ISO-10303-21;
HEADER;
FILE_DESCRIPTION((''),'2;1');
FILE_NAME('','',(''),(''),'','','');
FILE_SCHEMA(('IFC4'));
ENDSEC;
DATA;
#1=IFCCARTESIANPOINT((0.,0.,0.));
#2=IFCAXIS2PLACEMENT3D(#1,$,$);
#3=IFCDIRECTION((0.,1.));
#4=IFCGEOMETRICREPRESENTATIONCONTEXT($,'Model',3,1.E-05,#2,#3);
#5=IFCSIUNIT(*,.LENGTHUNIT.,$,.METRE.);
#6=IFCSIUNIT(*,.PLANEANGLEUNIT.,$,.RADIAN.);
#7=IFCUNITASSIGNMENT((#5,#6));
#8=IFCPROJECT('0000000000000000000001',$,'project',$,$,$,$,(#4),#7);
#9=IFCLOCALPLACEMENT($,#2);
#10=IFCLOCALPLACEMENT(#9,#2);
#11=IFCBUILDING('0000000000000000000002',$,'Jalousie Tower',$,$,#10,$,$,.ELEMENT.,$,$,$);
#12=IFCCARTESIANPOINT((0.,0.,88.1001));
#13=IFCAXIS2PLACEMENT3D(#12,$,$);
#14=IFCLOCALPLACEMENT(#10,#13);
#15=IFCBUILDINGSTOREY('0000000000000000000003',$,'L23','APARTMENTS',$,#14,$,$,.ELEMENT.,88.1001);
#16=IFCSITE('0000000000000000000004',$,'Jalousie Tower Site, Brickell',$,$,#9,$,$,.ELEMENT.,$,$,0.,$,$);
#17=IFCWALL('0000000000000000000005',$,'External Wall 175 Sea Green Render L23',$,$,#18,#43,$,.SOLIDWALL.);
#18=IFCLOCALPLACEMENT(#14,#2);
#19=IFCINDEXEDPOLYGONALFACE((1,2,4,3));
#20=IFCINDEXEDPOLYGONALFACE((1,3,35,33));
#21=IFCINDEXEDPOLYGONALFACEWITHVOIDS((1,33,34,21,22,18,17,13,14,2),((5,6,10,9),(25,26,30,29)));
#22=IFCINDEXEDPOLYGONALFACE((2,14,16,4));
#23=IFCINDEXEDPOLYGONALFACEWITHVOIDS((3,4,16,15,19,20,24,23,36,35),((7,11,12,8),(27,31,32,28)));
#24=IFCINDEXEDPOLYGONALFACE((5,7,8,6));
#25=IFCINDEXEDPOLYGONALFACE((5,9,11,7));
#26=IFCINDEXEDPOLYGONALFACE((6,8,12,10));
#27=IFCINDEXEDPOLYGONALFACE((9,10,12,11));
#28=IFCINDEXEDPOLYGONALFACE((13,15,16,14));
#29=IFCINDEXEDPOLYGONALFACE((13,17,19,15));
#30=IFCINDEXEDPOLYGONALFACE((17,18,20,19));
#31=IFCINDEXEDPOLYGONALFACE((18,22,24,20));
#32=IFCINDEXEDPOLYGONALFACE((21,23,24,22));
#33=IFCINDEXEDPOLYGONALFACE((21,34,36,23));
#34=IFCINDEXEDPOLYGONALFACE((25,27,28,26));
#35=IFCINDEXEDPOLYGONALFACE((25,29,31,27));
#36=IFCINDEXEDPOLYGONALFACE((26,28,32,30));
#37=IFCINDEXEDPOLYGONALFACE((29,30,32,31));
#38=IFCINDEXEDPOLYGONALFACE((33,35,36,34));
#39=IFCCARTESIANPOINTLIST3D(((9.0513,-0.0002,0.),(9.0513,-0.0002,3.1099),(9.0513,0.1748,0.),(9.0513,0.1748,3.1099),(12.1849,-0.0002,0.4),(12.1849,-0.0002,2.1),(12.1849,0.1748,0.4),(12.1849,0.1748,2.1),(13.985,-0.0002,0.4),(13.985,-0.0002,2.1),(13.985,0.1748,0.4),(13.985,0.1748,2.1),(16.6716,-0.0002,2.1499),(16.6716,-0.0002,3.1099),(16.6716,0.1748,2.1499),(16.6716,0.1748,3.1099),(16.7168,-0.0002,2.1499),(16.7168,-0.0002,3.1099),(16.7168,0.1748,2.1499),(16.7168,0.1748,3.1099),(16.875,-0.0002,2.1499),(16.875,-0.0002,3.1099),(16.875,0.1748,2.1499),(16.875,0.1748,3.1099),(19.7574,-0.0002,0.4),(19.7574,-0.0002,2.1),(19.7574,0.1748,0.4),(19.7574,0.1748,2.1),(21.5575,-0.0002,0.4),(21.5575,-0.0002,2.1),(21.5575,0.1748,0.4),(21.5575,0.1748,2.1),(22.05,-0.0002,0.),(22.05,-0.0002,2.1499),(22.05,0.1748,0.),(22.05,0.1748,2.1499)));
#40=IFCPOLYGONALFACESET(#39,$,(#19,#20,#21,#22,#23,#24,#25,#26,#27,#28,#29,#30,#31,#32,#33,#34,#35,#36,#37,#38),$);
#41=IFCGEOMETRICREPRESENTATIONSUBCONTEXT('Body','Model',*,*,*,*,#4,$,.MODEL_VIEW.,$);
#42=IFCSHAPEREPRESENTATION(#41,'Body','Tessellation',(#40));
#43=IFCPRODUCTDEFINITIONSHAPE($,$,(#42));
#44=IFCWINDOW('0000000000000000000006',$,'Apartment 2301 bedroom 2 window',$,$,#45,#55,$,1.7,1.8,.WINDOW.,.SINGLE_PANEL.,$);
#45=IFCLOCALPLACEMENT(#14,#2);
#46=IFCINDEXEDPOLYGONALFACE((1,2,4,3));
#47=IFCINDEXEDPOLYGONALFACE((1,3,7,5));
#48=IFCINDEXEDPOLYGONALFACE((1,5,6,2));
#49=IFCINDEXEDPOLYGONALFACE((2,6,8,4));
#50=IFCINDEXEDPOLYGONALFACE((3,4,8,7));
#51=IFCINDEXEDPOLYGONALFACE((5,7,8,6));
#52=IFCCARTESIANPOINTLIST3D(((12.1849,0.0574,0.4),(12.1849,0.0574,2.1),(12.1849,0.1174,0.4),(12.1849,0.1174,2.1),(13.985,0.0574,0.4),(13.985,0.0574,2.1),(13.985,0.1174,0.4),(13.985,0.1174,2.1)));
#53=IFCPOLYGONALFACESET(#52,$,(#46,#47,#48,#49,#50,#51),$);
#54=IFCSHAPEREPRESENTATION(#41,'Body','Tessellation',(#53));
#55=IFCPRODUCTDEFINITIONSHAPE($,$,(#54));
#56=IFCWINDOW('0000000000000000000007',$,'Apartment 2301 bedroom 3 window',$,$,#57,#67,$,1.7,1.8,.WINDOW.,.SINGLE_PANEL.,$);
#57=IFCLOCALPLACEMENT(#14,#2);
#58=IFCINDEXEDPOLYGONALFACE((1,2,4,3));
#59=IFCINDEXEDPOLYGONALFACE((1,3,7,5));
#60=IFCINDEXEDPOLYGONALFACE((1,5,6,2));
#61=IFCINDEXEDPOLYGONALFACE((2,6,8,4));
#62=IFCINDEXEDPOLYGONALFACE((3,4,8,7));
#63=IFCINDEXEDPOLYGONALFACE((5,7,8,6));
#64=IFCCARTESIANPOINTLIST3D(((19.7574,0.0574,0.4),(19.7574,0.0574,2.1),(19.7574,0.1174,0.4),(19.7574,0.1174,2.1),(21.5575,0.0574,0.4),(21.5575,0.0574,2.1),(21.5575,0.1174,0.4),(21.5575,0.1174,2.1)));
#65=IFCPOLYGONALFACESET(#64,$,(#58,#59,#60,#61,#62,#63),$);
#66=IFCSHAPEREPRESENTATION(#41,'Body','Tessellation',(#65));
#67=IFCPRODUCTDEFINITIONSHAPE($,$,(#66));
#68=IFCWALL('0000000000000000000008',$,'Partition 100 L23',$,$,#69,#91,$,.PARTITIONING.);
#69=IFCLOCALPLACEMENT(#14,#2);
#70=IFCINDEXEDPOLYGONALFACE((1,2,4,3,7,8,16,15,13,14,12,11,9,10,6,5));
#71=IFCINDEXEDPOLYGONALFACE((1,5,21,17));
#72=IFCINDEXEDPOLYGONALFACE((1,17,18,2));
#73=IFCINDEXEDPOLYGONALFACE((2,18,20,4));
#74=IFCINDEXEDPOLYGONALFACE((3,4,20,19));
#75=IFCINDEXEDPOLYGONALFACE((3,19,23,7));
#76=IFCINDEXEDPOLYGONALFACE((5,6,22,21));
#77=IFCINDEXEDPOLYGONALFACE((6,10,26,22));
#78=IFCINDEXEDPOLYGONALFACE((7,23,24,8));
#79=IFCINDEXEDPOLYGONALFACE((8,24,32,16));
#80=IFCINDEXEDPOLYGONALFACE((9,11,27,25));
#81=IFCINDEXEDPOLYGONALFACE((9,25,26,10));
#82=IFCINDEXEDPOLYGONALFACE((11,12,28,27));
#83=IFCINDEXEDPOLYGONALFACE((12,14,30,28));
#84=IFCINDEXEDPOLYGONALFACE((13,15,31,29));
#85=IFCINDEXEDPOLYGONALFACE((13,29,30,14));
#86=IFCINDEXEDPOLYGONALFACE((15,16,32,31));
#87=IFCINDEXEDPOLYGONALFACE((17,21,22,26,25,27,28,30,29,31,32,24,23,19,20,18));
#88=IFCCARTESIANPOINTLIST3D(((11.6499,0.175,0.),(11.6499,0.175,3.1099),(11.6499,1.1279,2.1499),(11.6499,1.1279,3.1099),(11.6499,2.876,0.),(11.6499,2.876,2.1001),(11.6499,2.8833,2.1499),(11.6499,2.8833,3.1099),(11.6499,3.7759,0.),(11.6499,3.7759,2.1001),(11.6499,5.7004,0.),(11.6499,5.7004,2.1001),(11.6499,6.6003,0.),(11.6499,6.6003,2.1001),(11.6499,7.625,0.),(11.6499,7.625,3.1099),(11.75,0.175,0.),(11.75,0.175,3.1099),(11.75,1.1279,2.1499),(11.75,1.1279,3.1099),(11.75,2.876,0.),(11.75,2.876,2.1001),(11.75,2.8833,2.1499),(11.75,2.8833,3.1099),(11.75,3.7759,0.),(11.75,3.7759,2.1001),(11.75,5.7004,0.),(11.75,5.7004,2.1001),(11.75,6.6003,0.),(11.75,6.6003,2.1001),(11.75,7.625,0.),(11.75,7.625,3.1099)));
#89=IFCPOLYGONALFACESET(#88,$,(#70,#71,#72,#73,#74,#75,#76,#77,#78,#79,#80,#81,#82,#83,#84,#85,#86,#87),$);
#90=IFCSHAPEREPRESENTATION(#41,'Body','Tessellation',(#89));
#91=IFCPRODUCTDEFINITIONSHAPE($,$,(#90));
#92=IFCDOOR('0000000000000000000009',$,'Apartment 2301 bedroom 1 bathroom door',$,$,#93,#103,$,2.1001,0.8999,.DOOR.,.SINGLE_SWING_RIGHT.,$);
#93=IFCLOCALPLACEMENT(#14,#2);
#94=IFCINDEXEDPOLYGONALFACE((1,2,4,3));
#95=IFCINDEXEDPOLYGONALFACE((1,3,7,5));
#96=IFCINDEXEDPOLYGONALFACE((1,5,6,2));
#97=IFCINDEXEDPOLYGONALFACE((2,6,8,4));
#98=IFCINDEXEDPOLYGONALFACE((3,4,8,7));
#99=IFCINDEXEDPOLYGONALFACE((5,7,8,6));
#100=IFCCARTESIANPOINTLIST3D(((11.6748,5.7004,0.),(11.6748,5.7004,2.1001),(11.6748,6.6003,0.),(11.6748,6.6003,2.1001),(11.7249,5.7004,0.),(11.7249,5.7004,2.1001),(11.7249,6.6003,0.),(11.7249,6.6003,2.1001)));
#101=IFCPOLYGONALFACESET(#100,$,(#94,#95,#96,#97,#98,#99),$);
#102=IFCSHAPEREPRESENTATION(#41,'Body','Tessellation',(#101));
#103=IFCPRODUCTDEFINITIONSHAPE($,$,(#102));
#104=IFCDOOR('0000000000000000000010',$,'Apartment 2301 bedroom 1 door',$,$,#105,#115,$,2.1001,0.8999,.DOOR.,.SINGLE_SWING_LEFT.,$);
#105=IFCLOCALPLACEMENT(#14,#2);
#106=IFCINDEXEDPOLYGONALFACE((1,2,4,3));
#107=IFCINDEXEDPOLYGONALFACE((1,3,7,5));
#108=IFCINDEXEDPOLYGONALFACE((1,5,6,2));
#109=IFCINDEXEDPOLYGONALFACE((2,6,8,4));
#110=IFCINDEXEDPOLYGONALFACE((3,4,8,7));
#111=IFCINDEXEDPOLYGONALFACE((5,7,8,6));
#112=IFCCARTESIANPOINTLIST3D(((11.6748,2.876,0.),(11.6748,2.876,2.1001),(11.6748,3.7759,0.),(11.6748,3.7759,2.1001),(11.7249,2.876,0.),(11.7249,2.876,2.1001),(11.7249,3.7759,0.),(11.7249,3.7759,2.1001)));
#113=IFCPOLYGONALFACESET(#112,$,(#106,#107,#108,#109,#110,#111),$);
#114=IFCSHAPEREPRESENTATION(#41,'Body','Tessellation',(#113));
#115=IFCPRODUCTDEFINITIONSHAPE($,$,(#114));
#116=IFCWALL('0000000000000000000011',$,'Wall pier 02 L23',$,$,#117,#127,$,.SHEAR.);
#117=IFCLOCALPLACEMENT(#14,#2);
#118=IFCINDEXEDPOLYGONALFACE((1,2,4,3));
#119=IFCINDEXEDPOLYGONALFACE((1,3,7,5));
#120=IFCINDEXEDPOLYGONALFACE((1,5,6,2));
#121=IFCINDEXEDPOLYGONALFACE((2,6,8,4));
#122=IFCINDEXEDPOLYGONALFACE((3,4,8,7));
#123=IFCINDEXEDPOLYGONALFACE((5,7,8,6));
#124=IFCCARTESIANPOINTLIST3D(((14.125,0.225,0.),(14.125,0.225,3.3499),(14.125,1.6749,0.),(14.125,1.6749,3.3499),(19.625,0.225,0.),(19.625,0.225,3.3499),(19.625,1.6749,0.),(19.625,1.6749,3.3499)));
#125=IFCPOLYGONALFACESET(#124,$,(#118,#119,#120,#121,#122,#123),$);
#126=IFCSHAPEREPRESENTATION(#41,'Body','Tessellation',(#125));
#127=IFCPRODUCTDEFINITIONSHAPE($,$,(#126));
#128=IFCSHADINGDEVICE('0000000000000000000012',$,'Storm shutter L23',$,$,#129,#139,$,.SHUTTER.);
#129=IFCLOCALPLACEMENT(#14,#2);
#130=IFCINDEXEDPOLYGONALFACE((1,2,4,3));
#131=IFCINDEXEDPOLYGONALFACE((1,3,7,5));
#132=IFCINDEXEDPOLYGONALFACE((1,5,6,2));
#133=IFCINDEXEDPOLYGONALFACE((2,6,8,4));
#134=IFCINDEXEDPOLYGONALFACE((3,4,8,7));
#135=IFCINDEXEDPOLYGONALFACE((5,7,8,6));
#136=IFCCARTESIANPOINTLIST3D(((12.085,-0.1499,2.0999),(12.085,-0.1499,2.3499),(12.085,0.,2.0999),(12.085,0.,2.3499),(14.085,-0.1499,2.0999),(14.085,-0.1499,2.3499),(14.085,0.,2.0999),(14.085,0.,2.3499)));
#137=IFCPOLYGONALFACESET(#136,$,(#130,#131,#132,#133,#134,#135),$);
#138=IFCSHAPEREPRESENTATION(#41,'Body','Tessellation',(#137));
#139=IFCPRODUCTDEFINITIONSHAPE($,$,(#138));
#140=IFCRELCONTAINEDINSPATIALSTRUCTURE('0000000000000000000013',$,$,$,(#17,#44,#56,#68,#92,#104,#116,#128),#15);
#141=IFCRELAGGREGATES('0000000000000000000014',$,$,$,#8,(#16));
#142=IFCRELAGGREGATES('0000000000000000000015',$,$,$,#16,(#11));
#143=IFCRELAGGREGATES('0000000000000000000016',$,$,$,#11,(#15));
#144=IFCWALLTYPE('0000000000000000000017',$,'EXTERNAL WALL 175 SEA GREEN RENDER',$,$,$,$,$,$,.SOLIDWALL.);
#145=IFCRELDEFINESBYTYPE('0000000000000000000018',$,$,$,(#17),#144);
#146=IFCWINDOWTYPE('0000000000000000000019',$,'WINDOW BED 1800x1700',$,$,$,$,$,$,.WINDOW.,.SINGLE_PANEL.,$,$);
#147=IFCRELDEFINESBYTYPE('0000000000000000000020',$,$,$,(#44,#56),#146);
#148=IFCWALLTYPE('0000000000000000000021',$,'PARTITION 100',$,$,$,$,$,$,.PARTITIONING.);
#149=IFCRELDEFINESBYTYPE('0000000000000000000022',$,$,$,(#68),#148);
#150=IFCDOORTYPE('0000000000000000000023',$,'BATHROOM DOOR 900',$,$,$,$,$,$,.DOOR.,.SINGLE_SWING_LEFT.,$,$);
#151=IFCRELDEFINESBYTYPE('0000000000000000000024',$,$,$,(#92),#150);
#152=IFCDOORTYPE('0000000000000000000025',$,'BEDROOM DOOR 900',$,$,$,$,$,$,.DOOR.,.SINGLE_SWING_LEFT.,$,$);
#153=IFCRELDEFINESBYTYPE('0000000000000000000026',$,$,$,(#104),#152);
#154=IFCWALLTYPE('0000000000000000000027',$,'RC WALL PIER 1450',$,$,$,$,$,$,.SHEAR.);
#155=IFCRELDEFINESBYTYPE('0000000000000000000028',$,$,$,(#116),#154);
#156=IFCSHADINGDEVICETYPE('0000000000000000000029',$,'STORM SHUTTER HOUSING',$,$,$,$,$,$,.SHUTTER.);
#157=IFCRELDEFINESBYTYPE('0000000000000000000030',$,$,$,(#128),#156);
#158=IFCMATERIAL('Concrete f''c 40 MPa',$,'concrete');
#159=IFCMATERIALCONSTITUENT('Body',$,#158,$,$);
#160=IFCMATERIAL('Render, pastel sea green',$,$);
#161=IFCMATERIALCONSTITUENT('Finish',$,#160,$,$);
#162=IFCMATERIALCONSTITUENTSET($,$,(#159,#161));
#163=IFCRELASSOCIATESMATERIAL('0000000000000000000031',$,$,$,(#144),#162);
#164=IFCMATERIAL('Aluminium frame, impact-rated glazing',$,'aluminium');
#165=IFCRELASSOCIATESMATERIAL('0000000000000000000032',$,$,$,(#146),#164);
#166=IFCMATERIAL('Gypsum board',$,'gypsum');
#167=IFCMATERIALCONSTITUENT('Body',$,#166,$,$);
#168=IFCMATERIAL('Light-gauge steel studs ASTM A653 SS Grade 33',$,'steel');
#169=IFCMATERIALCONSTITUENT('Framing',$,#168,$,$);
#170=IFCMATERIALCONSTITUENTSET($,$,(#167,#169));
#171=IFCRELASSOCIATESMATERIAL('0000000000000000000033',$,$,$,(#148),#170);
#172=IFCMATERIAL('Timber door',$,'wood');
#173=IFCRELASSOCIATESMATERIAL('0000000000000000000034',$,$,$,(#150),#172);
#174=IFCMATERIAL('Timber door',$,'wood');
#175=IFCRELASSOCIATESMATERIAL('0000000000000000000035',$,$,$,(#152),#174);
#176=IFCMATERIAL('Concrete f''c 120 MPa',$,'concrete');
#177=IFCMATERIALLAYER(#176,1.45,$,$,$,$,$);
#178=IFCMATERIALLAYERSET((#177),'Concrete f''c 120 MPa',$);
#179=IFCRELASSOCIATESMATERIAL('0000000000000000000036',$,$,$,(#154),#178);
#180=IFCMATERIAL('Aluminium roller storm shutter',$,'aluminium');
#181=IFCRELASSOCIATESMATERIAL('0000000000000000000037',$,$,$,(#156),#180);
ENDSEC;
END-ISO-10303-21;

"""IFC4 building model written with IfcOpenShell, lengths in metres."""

from ifc_helpers import new_model, si_unit, direction, frame, frame_2d, origin, origin_2d, place, context, subcontext, project, spatial, polyline, rectangle, outline, extrude, material, layer, layer_set, constituent, constituent_set, type_object, element, fill, save


model = new_model("IFC4")

# Units and contexts
model_context = context("Model", 3, precision=1e-05, world=origin(), true_north=direction((0.0, 1.0)))
body_context = subcontext(model_context, "Body", "Model", "MODEL_VIEW")
ifc_project = project(units=[si_unit("LENGTHUNIT", "METRE"), si_unit("PLANEANGLEUNIT", "RADIAN")], contexts=[model_context])

# Site, building, storey
site_placement = place(None, origin())
site = spatial("IfcSite", under=ifc_project, at=site_placement, Name="Jalousie Tower Site, Brickell", CompositionType="ELEMENT", RefElevation=0.0)
building_placement = place(site_placement, origin())
building = spatial("IfcBuilding", under=site, at=building_placement, Name="Jalousie Tower", CompositionType="ELEMENT")
storey_placement = place(building_placement, frame((0.0, 0.0, 88.1001)))
storey = spatial("IfcBuildingStorey", under=building, at=storey_placement, Name="L23", Description="APARTMENTS", CompositionType="ELEMENT", Elevation=88.1001)

# Wall, openings, windows
ifc_material_1 = material(Name="Concrete f'c 40 MPa", Category="concrete")
ifc_constituent_1 = constituent(ifc_material_1, Name="Body")
ifc_material_2 = material(Name="Render, pastel sea green")
ifc_constituent_2 = constituent(ifc_material_2, Name="Finish")
ifc_constituent_set_1 = constituent_set(constituents=[ifc_constituent_1, ifc_constituent_2])
wall_type_1 = type_object("IfcWallType", Name="EXTERNAL WALL 175 SEA GREEN RENDER", PredefinedType="SOLIDWALL", material=ifc_constituent_set_1)
wall_1_placement = place(storey_placement, frame((9.0513, 0.0874, 0.0), z_axis=(0.0, 0.0, 1.0), x_axis=(1.0, 0.0, 0.0)))
wall_1 = element("IfcWall", 1, at=wall_1_placement, inside=storey, type_object=wall_type_1, Name="External Wall 175 Sea Green Render L23", PredefinedType="SOLIDWALL", context=body_context, shape_type="SweptSolid", body=[
    extrude(outline(polyline([(0.0, 0.0), (12.9988, 0.0), (12.9988, 2.1499), (7.8237, 2.1499), (7.8237, 3.1099), (7.6655, 3.1099), (7.6655, 2.1499), (7.6204, 2.1499), (7.6204, 3.1099), (0.0, 3.1099), (0.0, 0.0)])), frame((0.0, 0.0874, 0.0), z_axis=(0.0, -1.0, 0.0), x_axis=(1.0, 0.0, 0.0)), (0.0, 0.0, 1.0), 0.175),
])
opening_1_placement = place(wall_1_placement, frame((3.1338, 0.0, 0.3999)))
opening_1 = element("IfcOpeningElement", 2, at=opening_1_placement, cuts=wall_1, PredefinedType="OPENING", context=body_context, shape_type="SweptSolid", body=[
    extrude(rectangle(XDim=1.8, YDim=1.7, at=frame_2d((0.8999, 0.8501))), frame((0.0, 0.0974, 0.0), z_axis=(0.0, -1.0, 0.0), x_axis=(1.0, 0.0, 0.0)), (0.0, 0.0, 1.0), 0.1951),
])
opening_2_placement = place(wall_1_placement, frame((10.7063, 0.0, 0.3999)))
opening_2 = element("IfcOpeningElement", 3, at=opening_2_placement, cuts=wall_1, PredefinedType="OPENING", context=body_context, shape_type="SweptSolid", body=[
    extrude(rectangle(XDim=1.8, YDim=1.7, at=frame_2d((0.8999, 0.8501))), frame((0.0, 0.0974, 0.0), z_axis=(0.0, -1.0, 0.0), x_axis=(1.0, 0.0, 0.0)), (0.0, 0.0, 1.0), 0.1951),
])
ifc_material_3 = material(Name="Aluminium frame, impact-rated glazing", Category="aluminium")
window_type = type_object("IfcWindowType", Name="WINDOW BED 1800x1700", PartitioningType="SINGLE_PANEL", PredefinedType="WINDOW", material=ifc_material_3)
window_1_placement = place(opening_1_placement, origin())
window_1 = element("IfcWindow", 4, at=window_1_placement, inside=storey, type_object=window_type, Name="Apartment 2301 bedroom 2 window", OverallHeight=1.7, OverallWidth=1.8, PartitioningType="SINGLE_PANEL", PredefinedType="WINDOW", context=body_context, shape_type="SweptSolid", body=[
    extrude(rectangle(XDim=1.8, YDim=1.7, at=frame_2d((0.8999, 0.8501))), frame((0.0, 0.03, 0.0), z_axis=(0.0, -1.0, 0.0), x_axis=(1.0, 0.0, 0.0)), (0.0, 0.0, 1.0), 0.0601),
])
fill(opening_1, window_1)
window_2_placement = place(opening_2_placement, origin())
window_2 = element("IfcWindow", 5, at=window_2_placement, inside=storey, type_object=window_type, Name="Apartment 2301 bedroom 3 window", OverallHeight=1.7, OverallWidth=1.8, PartitioningType="SINGLE_PANEL", PredefinedType="WINDOW", context=body_context, shape_type="SweptSolid", body=[
    extrude(rectangle(XDim=1.8, YDim=1.7, at=frame_2d((0.8999, 0.8501))), frame((0.0, 0.03, 0.0), z_axis=(0.0, -1.0, 0.0), x_axis=(1.0, 0.0, 0.0)), (0.0, 0.0, 1.0), 0.0601),
])
fill(opening_2, window_2)

# Wall, openings, doors
ifc_material_4 = material(Name="Gypsum board", Category="gypsum")
ifc_constituent_3 = constituent(ifc_material_4, Name="Body")
ifc_material_5 = material(Name="Light-gauge steel studs ASTM A653 SS Grade 33", Category="steel")
ifc_constituent_4 = constituent(ifc_material_5, Name="Framing")
ifc_constituent_set_2 = constituent_set(constituents=[ifc_constituent_3, ifc_constituent_4])
wall_type_2 = type_object("IfcWallType", Name="PARTITION 100", PredefinedType="PARTITIONING", material=ifc_constituent_set_2)
wall_2_placement = place(storey_placement, frame((11.7, 0.175, 0.0), z_axis=(0.0, 0.0, 1.0), x_axis=(0.0, 1.0, 0.0)))
wall_2 = element("IfcWall", 6, at=wall_2_placement, inside=storey, type_object=wall_type_2, Name="Partition 100 L23", PredefinedType="PARTITIONING", context=body_context, shape_type="SweptSolid", body=[
    extrude(outline(polyline([(0.0, 0.0), (7.45, 0.0), (7.45, 3.1099), (2.7083, 3.1099), (2.7083, 2.1499), (0.9529, 2.1499), (0.9529, 3.1099), (0.0, 3.1099), (0.0, 0.0)])), frame((0.0, 0.05, 0.0), z_axis=(0.0, -1.0, 0.0), x_axis=(1.0, 0.0, 0.0)), (0.0, 0.0, 1.0), 0.1001),
])
opening_3_placement = place(wall_2_placement, frame((2.7009, 0.0, 0.0)))
opening_3 = element("IfcOpeningElement", 7, at=opening_3_placement, cuts=wall_2, PredefinedType="OPENING", context=body_context, shape_type="SweptSolid", body=[
    extrude(rectangle(XDim=0.8999, YDim=2.1001, at=frame_2d((0.45, 1.05))), frame((0.0, 0.0601, 0.0), z_axis=(0.0, -1.0, 0.0), x_axis=(1.0, 0.0, 0.0)), (0.0, 0.0, 1.0), 0.1201),
])
opening_4_placement = place(wall_2_placement, frame((5.5254, 0.0, 0.0)))
opening_4 = element("IfcOpeningElement", 8, at=opening_4_placement, cuts=wall_2, PredefinedType="OPENING", context=body_context, shape_type="SweptSolid", body=[
    extrude(rectangle(XDim=0.8999, YDim=2.1001, at=frame_2d((0.45, 1.05))), frame((0.0, 0.0601, 0.0), z_axis=(0.0, -1.0, 0.0), x_axis=(1.0, 0.0, 0.0)), (0.0, 0.0, 1.0), 0.1201),
])
ifc_material_6 = material(Name="Timber door", Category="wood")
door_type_1 = type_object("IfcDoorType", Name="BATHROOM DOOR 900", OperationType="SINGLE_SWING_LEFT", PredefinedType="DOOR", material=ifc_material_6)
door_1_placement = place(opening_4_placement, frame((0.8999, 0.0, 0.0), z_axis=(0.0, 0.0, 1.0), x_axis=(-1.0, 0.0, 0.0)))
door_1 = element("IfcDoor", 9, at=door_1_placement, inside=storey, type_object=door_type_1, Name="Apartment 2301 bedroom 1 bathroom door", OperationType="SINGLE_SWING_RIGHT", OverallHeight=2.1001, OverallWidth=0.8999, PredefinedType="DOOR", context=body_context, shape_type="SweptSolid", body=[
    extrude(rectangle(XDim=0.8999, YDim=2.1001, at=frame_2d((0.45, 1.05))), frame((0.0, 0.0249, 0.0), z_axis=(0.0, -1.0, 0.0), x_axis=(1.0, 0.0, 0.0)), (0.0, 0.0, 1.0), 0.05),
])
fill(opening_4, door_1)
ifc_material_7 = material(Name="Timber door", Category="wood")
door_type_2 = type_object("IfcDoorType", Name="BEDROOM DOOR 900", OperationType="SINGLE_SWING_LEFT", PredefinedType="DOOR", material=ifc_material_7)
door_2_placement = place(opening_3_placement, frame((0.8999, 0.0, 0.0), z_axis=(0.0, 0.0, 1.0), x_axis=(-1.0, 0.0, 0.0)))
door_2 = element("IfcDoor", 10, at=door_2_placement, inside=storey, type_object=door_type_2, Name="Apartment 2301 bedroom 1 door", OperationType="SINGLE_SWING_LEFT", OverallHeight=2.1001, OverallWidth=0.8999, PredefinedType="DOOR", context=body_context, shape_type="SweptSolid", body=[
    extrude(rectangle(XDim=0.8999, YDim=2.1001, at=frame_2d((0.45, 1.05))), frame((0.0, 0.0249, 0.0), z_axis=(0.0, -1.0, 0.0), x_axis=(1.0, 0.0, 0.0)), (0.0, 0.0, 1.0), 0.05),
])
fill(opening_3, door_2)

# Wall
ifc_material_8 = material(Name="Concrete f'c 120 MPa", Category="concrete")
ifc_layer_1 = layer(ifc_material_8, 1.45)
ifc_layer_set_1 = layer_set([ifc_layer_1], Name="Concrete f'c 120 MPa")
wall_type_3 = type_object("IfcWallType", Name="RC WALL PIER 1450", PredefinedType="SHEAR", material=ifc_layer_set_1)
wall_3_placement = place(storey_placement, frame((14.125, 0.95, 0.0), z_axis=(0.0, 0.0, 1.0), x_axis=(1.0, 0.0, 0.0)))
element("IfcWall", 11, at=wall_3_placement, inside=storey, type_object=wall_type_3, Name="Wall pier 02 L23", PredefinedType="SHEAR", context=body_context, shape_type="SweptSolid", body=[
    extrude(rectangle(XDim=5.5, YDim=1.45, at=frame_2d((2.75, 0.0))), origin(), (0.0, 0.0, 1.0), 3.3499),
])

# Shading device
ifc_material_9 = material(Name="Aluminium roller storm shutter", Category="aluminium")
shading_device_type = type_object("IfcShadingDeviceType", Name="STORM SHUTTER HOUSING", PredefinedType="SHUTTER", material=ifc_material_9)
shading_device_placement = place(storey_placement, frame((13.085, -0.075, 2.0999), z_axis=(0.0, 0.0, 1.0), x_axis=(1.0, 0.0, 0.0)))
element("IfcShadingDevice", 12, at=shading_device_placement, inside=storey, type_object=shading_device_type, Name="Storm shutter L23", PredefinedType="SHUTTER", context=body_context, shape_type="SweptSolid", body=[
    extrude(rectangle(XDim=2.0, YDim=0.1499, at=origin_2d()), origin(), (0.0, 0.0, 1.0), 0.25),
])

save(model, "model.ifc")
